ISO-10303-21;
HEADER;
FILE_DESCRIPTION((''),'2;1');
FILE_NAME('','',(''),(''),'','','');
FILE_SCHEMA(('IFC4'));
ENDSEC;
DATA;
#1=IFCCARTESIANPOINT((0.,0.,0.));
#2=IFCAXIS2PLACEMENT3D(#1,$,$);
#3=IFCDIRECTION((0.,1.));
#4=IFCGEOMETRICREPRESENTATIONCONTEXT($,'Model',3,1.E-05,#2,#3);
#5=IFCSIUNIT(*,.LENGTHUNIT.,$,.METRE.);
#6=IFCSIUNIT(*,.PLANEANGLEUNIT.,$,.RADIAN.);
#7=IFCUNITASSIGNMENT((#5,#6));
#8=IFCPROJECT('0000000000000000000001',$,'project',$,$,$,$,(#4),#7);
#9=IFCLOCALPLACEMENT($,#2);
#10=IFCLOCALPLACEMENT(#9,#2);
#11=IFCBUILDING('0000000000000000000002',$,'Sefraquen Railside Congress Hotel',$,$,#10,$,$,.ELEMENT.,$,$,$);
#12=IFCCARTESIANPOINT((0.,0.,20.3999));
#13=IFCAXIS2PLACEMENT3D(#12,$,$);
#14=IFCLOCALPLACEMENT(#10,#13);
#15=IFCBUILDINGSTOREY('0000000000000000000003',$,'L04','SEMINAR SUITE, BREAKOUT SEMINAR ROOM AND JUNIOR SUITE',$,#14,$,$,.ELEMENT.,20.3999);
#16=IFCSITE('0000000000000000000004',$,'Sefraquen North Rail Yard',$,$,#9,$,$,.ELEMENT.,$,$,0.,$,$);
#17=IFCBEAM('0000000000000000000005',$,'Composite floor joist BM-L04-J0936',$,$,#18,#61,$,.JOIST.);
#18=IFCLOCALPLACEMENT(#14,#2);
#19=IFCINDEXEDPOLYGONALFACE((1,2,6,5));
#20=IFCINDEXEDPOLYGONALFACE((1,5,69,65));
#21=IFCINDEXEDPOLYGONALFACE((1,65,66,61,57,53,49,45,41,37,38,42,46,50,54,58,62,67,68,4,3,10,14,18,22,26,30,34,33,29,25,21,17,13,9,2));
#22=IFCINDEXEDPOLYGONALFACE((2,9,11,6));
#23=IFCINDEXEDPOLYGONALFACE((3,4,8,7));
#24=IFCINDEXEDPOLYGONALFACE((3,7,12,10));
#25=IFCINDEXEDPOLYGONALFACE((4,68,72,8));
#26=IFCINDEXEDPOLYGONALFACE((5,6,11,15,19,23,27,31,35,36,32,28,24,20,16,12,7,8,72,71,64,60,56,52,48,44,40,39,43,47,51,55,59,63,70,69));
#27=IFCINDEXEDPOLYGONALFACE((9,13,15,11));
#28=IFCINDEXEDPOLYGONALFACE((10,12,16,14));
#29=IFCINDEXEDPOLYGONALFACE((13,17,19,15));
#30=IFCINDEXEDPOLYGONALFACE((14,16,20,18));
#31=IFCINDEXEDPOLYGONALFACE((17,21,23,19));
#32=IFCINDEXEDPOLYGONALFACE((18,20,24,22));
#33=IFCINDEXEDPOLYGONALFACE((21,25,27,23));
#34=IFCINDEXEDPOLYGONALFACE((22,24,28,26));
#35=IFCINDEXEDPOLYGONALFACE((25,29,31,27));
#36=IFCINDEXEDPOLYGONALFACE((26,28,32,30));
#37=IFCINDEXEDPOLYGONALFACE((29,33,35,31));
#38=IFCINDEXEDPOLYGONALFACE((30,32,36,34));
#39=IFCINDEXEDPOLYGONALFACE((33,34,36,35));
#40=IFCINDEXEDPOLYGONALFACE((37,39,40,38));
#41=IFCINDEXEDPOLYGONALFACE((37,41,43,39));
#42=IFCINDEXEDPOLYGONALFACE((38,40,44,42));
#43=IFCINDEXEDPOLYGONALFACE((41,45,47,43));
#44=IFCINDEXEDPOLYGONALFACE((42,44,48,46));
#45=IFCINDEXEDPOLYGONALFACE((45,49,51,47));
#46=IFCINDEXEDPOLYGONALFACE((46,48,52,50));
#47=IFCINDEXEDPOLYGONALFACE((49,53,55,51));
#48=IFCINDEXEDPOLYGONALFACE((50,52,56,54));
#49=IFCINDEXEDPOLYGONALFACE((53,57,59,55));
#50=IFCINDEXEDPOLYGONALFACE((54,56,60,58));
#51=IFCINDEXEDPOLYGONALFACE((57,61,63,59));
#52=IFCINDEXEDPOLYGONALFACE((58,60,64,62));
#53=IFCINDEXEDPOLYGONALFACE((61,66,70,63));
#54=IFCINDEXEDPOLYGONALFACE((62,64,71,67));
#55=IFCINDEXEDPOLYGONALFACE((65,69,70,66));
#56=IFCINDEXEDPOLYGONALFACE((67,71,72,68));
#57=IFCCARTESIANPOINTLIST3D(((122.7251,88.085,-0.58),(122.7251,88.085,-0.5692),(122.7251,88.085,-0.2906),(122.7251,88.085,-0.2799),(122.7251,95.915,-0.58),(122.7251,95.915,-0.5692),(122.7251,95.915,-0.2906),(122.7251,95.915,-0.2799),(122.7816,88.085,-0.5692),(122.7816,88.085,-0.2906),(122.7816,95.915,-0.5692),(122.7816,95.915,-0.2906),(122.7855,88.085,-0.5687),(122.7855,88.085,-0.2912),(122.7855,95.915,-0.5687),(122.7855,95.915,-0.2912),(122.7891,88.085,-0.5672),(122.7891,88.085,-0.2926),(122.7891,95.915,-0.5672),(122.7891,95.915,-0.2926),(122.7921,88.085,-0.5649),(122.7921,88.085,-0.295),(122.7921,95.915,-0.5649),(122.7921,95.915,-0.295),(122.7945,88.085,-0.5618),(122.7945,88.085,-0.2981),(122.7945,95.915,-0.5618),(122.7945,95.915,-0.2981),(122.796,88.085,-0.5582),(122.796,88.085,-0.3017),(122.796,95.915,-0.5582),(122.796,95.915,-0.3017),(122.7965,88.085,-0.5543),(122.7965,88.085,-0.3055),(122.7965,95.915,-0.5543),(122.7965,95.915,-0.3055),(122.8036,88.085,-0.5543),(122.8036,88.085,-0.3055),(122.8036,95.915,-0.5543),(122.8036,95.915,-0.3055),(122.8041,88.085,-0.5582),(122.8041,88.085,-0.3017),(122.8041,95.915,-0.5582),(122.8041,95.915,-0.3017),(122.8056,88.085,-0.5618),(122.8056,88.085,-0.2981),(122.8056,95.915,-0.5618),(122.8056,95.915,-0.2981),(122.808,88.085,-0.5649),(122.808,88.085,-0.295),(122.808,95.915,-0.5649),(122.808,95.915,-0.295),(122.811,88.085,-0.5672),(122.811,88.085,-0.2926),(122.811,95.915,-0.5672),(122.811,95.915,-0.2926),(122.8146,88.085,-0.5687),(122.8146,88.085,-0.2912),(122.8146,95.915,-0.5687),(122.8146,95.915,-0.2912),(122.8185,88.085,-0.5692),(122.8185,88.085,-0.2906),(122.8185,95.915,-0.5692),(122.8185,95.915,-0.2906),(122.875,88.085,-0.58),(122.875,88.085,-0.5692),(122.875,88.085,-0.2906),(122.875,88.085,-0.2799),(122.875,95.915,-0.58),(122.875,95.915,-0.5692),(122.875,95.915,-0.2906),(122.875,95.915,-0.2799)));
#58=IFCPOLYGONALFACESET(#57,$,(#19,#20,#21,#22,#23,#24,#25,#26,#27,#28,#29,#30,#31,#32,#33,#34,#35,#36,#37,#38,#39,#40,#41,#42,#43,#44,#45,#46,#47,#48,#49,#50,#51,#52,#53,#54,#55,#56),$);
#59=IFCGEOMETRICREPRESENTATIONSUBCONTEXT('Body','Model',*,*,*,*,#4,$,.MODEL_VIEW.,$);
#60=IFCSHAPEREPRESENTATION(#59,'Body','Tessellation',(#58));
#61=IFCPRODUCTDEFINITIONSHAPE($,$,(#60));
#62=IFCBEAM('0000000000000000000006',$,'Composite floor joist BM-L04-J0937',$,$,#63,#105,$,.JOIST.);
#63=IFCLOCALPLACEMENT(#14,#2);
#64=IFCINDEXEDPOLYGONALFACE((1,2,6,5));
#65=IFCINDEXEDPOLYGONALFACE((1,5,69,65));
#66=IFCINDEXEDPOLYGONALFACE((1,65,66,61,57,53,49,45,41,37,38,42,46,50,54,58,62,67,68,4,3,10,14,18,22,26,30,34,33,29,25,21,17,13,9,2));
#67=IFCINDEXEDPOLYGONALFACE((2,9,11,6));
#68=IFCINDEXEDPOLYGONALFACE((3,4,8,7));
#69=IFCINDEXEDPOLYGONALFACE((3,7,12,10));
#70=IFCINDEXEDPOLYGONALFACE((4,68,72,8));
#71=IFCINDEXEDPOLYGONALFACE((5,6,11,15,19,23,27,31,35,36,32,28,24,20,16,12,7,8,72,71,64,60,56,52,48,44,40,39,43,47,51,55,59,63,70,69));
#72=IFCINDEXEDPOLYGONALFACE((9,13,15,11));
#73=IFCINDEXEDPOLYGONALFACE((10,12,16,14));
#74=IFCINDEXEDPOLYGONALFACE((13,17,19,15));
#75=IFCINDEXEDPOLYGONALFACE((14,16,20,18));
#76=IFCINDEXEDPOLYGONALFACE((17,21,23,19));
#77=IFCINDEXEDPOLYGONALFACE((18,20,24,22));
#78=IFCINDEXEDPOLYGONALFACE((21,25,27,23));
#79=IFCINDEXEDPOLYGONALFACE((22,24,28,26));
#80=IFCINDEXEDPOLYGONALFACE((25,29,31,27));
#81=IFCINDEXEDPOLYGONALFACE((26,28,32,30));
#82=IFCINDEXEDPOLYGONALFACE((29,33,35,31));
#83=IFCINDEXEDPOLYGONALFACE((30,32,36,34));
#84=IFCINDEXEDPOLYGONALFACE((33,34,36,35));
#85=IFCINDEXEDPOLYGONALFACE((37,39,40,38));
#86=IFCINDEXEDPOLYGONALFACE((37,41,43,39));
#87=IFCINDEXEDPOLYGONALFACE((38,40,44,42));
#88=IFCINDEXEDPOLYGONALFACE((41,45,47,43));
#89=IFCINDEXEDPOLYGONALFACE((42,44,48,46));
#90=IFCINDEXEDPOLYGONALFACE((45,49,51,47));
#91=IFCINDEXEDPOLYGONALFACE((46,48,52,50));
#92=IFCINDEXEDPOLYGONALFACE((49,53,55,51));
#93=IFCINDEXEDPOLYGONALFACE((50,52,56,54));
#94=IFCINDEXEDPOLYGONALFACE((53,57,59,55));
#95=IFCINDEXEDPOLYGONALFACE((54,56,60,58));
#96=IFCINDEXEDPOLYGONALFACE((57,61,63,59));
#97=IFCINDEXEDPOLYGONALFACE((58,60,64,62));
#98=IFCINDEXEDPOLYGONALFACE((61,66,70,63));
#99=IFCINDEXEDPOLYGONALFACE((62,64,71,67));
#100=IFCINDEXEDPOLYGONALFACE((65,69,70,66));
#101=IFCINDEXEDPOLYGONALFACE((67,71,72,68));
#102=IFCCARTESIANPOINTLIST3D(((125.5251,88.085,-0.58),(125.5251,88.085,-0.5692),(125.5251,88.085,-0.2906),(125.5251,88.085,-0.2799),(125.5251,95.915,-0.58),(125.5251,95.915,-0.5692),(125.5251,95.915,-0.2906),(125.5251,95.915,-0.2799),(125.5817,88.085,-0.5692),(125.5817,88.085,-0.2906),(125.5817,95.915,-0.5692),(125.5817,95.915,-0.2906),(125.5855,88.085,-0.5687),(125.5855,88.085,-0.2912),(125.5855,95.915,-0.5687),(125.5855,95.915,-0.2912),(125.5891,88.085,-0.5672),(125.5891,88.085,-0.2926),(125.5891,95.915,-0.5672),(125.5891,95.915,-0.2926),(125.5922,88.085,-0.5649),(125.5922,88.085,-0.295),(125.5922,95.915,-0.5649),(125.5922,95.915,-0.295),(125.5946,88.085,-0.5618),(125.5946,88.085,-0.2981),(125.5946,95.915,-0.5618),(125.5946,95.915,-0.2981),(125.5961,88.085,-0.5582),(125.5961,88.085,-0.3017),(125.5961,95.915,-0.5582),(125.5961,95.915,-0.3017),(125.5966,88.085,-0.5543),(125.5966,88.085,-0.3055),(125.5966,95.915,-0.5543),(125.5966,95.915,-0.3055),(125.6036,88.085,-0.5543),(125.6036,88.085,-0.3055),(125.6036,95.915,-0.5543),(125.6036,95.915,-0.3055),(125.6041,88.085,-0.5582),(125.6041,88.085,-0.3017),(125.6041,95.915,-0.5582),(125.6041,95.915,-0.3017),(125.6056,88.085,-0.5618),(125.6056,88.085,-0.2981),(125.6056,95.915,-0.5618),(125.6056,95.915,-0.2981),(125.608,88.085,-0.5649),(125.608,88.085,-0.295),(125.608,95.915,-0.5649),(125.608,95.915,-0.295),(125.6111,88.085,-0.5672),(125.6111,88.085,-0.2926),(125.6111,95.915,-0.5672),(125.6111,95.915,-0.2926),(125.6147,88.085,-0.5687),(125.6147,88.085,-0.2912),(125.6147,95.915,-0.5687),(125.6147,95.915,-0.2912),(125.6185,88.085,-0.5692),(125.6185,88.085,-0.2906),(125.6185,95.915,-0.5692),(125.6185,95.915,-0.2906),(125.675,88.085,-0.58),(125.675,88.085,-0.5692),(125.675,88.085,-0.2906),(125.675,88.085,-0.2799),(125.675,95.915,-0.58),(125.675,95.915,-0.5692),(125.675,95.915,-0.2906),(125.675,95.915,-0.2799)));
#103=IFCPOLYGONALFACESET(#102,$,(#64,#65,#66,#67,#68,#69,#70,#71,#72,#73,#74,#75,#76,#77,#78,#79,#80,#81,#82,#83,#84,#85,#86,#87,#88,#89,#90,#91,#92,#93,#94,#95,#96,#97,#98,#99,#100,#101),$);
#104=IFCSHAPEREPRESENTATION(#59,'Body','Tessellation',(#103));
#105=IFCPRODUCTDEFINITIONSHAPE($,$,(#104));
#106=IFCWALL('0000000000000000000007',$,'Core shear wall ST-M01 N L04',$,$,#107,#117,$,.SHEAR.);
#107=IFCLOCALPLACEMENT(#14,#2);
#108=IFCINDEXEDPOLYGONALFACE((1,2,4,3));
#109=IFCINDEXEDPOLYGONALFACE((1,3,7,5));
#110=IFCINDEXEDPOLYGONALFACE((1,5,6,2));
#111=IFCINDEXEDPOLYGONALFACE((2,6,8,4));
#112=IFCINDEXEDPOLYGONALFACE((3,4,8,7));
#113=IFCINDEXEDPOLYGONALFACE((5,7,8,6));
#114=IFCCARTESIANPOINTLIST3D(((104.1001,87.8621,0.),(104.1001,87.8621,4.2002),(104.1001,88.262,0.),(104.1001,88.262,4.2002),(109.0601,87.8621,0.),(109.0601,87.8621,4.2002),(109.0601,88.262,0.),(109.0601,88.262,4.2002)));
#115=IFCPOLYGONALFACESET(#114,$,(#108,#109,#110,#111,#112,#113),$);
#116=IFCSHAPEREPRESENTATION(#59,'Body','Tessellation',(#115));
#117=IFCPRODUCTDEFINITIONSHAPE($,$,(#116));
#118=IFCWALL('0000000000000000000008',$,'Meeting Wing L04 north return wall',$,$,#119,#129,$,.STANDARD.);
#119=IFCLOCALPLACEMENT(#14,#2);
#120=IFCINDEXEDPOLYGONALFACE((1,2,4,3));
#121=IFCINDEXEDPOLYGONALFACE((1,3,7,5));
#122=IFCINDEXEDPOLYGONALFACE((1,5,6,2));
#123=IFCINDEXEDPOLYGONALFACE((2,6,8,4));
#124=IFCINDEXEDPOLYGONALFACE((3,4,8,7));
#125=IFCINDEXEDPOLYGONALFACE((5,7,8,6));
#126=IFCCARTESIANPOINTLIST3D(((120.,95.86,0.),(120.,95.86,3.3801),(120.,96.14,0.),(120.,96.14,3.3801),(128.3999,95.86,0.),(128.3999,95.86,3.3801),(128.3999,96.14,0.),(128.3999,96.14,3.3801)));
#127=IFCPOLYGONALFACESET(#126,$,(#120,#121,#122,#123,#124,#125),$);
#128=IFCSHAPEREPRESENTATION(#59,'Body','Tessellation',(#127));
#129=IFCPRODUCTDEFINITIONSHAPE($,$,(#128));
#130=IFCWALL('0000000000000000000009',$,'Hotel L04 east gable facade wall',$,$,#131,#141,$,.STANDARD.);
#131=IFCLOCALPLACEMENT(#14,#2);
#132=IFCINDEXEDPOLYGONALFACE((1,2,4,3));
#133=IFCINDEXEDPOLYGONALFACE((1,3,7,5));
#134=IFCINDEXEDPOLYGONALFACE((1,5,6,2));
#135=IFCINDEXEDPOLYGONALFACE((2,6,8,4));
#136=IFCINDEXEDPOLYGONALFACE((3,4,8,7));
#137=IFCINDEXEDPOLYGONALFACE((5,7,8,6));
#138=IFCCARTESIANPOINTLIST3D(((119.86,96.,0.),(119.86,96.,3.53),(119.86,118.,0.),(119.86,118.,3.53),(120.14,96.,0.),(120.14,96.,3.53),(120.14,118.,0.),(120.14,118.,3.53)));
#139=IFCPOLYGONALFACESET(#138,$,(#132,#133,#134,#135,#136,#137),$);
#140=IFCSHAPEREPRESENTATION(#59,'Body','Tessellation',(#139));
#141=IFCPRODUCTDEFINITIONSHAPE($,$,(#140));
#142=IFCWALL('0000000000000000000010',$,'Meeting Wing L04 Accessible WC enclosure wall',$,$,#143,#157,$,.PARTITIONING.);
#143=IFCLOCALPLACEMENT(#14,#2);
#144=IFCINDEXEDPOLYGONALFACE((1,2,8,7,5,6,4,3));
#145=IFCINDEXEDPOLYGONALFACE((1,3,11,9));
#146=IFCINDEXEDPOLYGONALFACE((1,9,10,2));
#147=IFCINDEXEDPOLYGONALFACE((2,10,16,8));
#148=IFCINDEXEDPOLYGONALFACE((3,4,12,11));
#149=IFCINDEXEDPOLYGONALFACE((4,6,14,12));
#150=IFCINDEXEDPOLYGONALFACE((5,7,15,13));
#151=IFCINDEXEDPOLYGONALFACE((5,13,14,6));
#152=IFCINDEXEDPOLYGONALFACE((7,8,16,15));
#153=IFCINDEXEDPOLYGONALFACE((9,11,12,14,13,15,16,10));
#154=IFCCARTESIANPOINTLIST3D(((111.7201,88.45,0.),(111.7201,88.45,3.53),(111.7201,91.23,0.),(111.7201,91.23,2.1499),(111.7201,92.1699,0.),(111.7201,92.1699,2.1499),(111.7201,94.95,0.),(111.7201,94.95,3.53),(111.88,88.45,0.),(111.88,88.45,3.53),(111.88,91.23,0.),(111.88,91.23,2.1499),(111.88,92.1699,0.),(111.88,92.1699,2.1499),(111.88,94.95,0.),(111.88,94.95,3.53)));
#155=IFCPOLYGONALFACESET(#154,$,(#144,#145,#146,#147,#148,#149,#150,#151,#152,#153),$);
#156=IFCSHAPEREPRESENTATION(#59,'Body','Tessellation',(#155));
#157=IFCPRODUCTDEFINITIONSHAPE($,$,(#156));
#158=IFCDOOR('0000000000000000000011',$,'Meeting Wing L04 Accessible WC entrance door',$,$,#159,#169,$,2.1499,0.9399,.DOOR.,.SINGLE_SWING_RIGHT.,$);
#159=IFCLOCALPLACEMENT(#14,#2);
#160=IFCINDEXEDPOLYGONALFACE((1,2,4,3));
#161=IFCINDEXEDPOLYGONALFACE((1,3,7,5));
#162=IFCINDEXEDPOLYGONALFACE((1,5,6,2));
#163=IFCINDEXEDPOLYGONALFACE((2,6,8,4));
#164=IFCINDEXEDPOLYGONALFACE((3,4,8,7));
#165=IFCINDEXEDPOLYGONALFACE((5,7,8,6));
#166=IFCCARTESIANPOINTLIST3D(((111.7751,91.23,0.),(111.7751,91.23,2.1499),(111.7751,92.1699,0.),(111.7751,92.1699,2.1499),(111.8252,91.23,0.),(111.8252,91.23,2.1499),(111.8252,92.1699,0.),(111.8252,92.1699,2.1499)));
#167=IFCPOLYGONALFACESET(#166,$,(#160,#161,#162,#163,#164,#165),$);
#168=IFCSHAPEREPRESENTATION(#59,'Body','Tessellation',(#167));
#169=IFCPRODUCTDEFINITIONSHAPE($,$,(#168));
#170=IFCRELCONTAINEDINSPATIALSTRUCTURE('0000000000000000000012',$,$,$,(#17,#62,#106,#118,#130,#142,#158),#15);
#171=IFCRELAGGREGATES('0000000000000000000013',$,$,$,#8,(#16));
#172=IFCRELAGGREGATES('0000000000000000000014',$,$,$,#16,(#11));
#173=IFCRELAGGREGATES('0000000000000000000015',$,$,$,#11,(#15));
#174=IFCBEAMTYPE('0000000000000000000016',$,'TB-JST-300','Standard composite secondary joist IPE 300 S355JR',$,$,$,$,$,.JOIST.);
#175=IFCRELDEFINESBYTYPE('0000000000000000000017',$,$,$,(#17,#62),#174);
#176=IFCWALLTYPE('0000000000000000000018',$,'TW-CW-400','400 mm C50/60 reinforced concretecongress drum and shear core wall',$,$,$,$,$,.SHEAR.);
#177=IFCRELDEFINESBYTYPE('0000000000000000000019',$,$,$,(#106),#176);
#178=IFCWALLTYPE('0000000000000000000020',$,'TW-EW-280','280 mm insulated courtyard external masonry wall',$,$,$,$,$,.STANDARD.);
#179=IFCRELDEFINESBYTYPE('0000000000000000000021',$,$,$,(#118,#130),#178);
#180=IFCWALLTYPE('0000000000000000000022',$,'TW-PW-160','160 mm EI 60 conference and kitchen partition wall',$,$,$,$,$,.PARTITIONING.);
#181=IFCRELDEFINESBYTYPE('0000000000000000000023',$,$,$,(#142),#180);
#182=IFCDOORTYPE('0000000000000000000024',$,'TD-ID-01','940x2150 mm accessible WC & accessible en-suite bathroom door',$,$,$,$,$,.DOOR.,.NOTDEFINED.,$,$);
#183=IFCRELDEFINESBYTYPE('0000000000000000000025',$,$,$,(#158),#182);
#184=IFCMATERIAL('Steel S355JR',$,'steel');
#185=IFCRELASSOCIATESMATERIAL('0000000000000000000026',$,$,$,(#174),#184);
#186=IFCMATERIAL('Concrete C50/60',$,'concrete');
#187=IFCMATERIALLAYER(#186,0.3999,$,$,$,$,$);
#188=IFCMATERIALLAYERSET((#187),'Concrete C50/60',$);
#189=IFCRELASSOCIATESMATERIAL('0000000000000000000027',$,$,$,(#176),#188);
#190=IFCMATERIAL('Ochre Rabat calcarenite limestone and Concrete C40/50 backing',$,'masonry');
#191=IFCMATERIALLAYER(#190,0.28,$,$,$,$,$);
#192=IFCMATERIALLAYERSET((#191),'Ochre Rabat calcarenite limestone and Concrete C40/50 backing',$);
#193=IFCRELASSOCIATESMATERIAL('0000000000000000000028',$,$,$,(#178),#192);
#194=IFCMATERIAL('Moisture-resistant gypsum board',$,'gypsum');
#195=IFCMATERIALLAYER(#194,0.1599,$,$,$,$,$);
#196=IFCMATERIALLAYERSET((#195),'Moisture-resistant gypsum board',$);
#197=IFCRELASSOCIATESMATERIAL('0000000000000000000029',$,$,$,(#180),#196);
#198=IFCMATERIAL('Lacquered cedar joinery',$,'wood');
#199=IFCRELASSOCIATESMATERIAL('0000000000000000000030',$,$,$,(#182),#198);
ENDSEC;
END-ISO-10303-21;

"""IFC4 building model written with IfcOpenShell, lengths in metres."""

from ifc_helpers import new_model, si_unit, direction, frame, frame_2d, origin, origin_2d, place, context, subcontext, project, spatial, rectangle, i_section, extrude, material, layer, layer_set, material_profile, profile_set, type_object, element, fill, save


model = new_model("IFC4")

# Units and contexts
model_context = context("Model", 3, precision=1e-05, world=origin(), true_north=direction((0.0, 1.0)))
body_context = subcontext(model_context, "Body", "Model", "MODEL_VIEW")
ifc_project = project(units=[si_unit("LENGTHUNIT", "METRE"), si_unit("PLANEANGLEUNIT", "RADIAN")], contexts=[model_context])

# Site, building, storey
site_placement = place(None, origin())
site = spatial("IfcSite", under=ifc_project, at=site_placement, Name="Sefraquen North Rail Yard", CompositionType="ELEMENT", RefElevation=0.0)
building_placement = place(site_placement, origin())
building = spatial("IfcBuilding", under=site, at=building_placement, Name="Sefraquen Railside Congress Hotel", CompositionType="ELEMENT")
storey_placement = place(building_placement, frame((0.0, 0.0, 20.3999)))
storey = spatial("IfcBuildingStorey", under=building, at=storey_placement, Name="L04", Description="SEMINAR SUITE, BREAKOUT SEMINAR ROOM AND JUNIOR SUITE", CompositionType="ELEMENT", Elevation=20.3999)

# Shared definitions
ifc_material_1 = material(Name="Steel S355JR", Category="steel")

# Beams
ifc_material_profile_1 = material_profile(ifc_material_1, i_section(OverallWidth=0.1499, OverallDepth=0.3, WebThickness=0.0071, FlangeThickness=0.0107, FilletRadius=0.0149, at=origin_2d()), Name="IPE 300")
ifc_profile_set_1 = profile_set([ifc_material_profile_1], Name="Steel S355JR")
beam_type_1 = type_object("IfcBeamType", Name="TB-JST-300", Description="Standard composite secondary joist IPE 300 S355JR", PredefinedType="JOIST", material=ifc_profile_set_1)
for number, where, z_axis, x_axis, name in (
    (1, (122.8, 88.085, -0.4299), (0.0, 1.0, 0.0), (-1.0, 0.0, 0.0), "Composite floor joist BM-L04-J0936"),
    (2, (125.6001, 88.085, -0.4299), (0.0, 1.0, 0.0), (-1.0, 0.0, 0.0), "Composite floor joist BM-L04-J0937"),
):
    element("IfcBeam", number, at=place(storey_placement, frame(where, z_axis=z_axis, x_axis=x_axis)), inside=storey, type_object=beam_type_1, Name=name, PredefinedType="JOIST", context=body_context, shape_type="SweptSolid", body=[
        extrude(i_section(OverallWidth=0.1499, OverallDepth=0.3, WebThickness=0.0071, FlangeThickness=0.0107, FilletRadius=0.0149, at=origin_2d()), origin(), (0.0, 0.0, 1.0), 7.8301),
    ])

# Walls
ifc_material_2 = material(Name="Concrete C50/60", Category="concrete")
ifc_layer_1 = layer(ifc_material_2, 0.3999)
ifc_layer_set_1 = layer_set([ifc_layer_1], Name="Concrete C50/60")
wall_type_1 = type_object("IfcWallType", Name="TW-CW-400", Description="400 mm C50/60 reinforced concretecongress drum and shear core wall", PredefinedType="SHEAR", material=ifc_layer_set_1)
wall_1_placement = place(storey_placement, frame((104.1001, 88.062, 0.0), z_axis=(0.0, 0.0, 1.0), x_axis=(1.0, 0.0, 0.0)))
element("IfcWall", 3, at=wall_1_placement, inside=storey, type_object=wall_type_1, Name="Core shear wall ST-M01 N L04", PredefinedType="SHEAR", context=body_context, shape_type="SweptSolid", body=[
    extrude(rectangle(XDim=4.96, YDim=0.3999, at=frame_2d((2.48, 0.0))), origin(), (0.0, 0.0, 1.0), 4.2002),
])
ifc_material_3 = material(Name="Ochre Rabat calcarenite limestone and Concrete C40/50 backing", Category="masonry")
ifc_layer_2 = layer(ifc_material_3, 0.28)
ifc_layer_set_2 = layer_set([ifc_layer_2], Name="Ochre Rabat calcarenite limestone and Concrete C40/50 backing")
wall_type_2 = type_object("IfcWallType", Name="TW-EW-280", Description="280 mm insulated courtyard external masonry wall", PredefinedType="STANDARD", material=ifc_layer_set_2)
wall_2_placement = place(storey_placement, frame((120.0, 96.0, 0.0), z_axis=(0.0, 0.0, 1.0), x_axis=(1.0, 0.0, 0.0)))
element("IfcWall", 4, at=wall_2_placement, inside=storey, type_object=wall_type_2, Name="Meeting Wing L04 north return wall", PredefinedType="STANDARD", context=body_context, shape_type="SweptSolid", body=[
    extrude(rectangle(XDim=8.3999, YDim=0.28, at=frame_2d((4.2, 0.0))), origin(), (0.0, 0.0, 1.0), 3.3801),
])
wall_3_placement = place(storey_placement, frame((120.0, 96.0, 0.0), z_axis=(0.0, 0.0, 1.0), x_axis=(0.0, 1.0, 0.0)))
element("IfcWall", 5, at=wall_3_placement, inside=storey, type_object=wall_type_2, Name="Hotel L04 east gable facade wall", PredefinedType="STANDARD", context=body_context, shape_type="SweptSolid", body=[
    extrude(rectangle(XDim=22.0, YDim=0.28, at=frame_2d((11.0, 0.0))), origin(), (0.0, 0.0, 1.0), 3.53),
])

# Wall, opening, door
ifc_material_4 = material(Name="Moisture-resistant gypsum board", Category="gypsum")
ifc_layer_3 = layer(ifc_material_4, 0.1599)
ifc_layer_set_3 = layer_set([ifc_layer_3], Name="Moisture-resistant gypsum board")
wall_type_3 = type_object("IfcWallType", Name="TW-PW-160", Description="160 mm EI 60 conference and kitchen partition wall", PredefinedType="PARTITIONING", material=ifc_layer_set_3)
wall_4_placement = place(storey_placement, frame((111.8, 88.45, 0.0), z_axis=(0.0, 0.0, 1.0), x_axis=(0.0, 1.0, 0.0)))
wall_4 = element("IfcWall", 6, at=wall_4_placement, inside=storey, type_object=wall_type_3, Name="Meeting Wing L04 Accessible WC enclosure wall", PredefinedType="PARTITIONING", context=body_context, shape_type="SweptSolid", body=[
    extrude(rectangle(XDim=6.5, YDim=0.1599, at=frame_2d((3.25, 0.0))), origin(), (0.0, 0.0, 1.0), 3.53),
])
opening_placement = place(wall_4_placement, frame((2.78, 0.0, 0.0)))
opening = element("IfcOpeningElement", 7, at=opening_placement, cuts=wall_4, PredefinedType="OPENING", context=body_context, shape_type="SweptSolid", body=[
    extrude(rectangle(XDim=0.9399, YDim=2.1499, at=frame_2d((0.47, 1.075))), frame((0.0, 0.0898, 0.0), z_axis=(0.0, -1.0, 0.0), x_axis=(1.0, 0.0, 0.0)), (0.0, 0.0, 1.0), 0.1799),
])
ifc_material_5 = material(Name="Lacquered cedar joinery", Category="wood")
door_type = type_object("IfcDoorType", Name="TD-ID-01", Description="940x2150 mm accessible WC & accessible en-suite bathroom door", OperationType="NOTDEFINED", PredefinedType="DOOR", material=ifc_material_5)
door_placement = place(opening_placement, origin())
door = element("IfcDoor", 8, at=door_placement, inside=storey, type_object=door_type, Name="Meeting Wing L04 Accessible WC entrance door", OperationType="SINGLE_SWING_RIGHT", OverallHeight=2.1499, OverallWidth=0.9399, PredefinedType="DOOR", context=body_context, shape_type="SweptSolid", body=[
    extrude(rectangle(XDim=0.9399, YDim=2.1499, at=frame_2d((0.47, 1.075))), frame((0.0, 0.0249, 0.0), z_axis=(0.0, -1.0, 0.0), x_axis=(1.0, 0.0, 0.0)), (0.0, 0.0, 1.0), 0.05),
])
fill(opening, door)

save(model, "model.ifc")
